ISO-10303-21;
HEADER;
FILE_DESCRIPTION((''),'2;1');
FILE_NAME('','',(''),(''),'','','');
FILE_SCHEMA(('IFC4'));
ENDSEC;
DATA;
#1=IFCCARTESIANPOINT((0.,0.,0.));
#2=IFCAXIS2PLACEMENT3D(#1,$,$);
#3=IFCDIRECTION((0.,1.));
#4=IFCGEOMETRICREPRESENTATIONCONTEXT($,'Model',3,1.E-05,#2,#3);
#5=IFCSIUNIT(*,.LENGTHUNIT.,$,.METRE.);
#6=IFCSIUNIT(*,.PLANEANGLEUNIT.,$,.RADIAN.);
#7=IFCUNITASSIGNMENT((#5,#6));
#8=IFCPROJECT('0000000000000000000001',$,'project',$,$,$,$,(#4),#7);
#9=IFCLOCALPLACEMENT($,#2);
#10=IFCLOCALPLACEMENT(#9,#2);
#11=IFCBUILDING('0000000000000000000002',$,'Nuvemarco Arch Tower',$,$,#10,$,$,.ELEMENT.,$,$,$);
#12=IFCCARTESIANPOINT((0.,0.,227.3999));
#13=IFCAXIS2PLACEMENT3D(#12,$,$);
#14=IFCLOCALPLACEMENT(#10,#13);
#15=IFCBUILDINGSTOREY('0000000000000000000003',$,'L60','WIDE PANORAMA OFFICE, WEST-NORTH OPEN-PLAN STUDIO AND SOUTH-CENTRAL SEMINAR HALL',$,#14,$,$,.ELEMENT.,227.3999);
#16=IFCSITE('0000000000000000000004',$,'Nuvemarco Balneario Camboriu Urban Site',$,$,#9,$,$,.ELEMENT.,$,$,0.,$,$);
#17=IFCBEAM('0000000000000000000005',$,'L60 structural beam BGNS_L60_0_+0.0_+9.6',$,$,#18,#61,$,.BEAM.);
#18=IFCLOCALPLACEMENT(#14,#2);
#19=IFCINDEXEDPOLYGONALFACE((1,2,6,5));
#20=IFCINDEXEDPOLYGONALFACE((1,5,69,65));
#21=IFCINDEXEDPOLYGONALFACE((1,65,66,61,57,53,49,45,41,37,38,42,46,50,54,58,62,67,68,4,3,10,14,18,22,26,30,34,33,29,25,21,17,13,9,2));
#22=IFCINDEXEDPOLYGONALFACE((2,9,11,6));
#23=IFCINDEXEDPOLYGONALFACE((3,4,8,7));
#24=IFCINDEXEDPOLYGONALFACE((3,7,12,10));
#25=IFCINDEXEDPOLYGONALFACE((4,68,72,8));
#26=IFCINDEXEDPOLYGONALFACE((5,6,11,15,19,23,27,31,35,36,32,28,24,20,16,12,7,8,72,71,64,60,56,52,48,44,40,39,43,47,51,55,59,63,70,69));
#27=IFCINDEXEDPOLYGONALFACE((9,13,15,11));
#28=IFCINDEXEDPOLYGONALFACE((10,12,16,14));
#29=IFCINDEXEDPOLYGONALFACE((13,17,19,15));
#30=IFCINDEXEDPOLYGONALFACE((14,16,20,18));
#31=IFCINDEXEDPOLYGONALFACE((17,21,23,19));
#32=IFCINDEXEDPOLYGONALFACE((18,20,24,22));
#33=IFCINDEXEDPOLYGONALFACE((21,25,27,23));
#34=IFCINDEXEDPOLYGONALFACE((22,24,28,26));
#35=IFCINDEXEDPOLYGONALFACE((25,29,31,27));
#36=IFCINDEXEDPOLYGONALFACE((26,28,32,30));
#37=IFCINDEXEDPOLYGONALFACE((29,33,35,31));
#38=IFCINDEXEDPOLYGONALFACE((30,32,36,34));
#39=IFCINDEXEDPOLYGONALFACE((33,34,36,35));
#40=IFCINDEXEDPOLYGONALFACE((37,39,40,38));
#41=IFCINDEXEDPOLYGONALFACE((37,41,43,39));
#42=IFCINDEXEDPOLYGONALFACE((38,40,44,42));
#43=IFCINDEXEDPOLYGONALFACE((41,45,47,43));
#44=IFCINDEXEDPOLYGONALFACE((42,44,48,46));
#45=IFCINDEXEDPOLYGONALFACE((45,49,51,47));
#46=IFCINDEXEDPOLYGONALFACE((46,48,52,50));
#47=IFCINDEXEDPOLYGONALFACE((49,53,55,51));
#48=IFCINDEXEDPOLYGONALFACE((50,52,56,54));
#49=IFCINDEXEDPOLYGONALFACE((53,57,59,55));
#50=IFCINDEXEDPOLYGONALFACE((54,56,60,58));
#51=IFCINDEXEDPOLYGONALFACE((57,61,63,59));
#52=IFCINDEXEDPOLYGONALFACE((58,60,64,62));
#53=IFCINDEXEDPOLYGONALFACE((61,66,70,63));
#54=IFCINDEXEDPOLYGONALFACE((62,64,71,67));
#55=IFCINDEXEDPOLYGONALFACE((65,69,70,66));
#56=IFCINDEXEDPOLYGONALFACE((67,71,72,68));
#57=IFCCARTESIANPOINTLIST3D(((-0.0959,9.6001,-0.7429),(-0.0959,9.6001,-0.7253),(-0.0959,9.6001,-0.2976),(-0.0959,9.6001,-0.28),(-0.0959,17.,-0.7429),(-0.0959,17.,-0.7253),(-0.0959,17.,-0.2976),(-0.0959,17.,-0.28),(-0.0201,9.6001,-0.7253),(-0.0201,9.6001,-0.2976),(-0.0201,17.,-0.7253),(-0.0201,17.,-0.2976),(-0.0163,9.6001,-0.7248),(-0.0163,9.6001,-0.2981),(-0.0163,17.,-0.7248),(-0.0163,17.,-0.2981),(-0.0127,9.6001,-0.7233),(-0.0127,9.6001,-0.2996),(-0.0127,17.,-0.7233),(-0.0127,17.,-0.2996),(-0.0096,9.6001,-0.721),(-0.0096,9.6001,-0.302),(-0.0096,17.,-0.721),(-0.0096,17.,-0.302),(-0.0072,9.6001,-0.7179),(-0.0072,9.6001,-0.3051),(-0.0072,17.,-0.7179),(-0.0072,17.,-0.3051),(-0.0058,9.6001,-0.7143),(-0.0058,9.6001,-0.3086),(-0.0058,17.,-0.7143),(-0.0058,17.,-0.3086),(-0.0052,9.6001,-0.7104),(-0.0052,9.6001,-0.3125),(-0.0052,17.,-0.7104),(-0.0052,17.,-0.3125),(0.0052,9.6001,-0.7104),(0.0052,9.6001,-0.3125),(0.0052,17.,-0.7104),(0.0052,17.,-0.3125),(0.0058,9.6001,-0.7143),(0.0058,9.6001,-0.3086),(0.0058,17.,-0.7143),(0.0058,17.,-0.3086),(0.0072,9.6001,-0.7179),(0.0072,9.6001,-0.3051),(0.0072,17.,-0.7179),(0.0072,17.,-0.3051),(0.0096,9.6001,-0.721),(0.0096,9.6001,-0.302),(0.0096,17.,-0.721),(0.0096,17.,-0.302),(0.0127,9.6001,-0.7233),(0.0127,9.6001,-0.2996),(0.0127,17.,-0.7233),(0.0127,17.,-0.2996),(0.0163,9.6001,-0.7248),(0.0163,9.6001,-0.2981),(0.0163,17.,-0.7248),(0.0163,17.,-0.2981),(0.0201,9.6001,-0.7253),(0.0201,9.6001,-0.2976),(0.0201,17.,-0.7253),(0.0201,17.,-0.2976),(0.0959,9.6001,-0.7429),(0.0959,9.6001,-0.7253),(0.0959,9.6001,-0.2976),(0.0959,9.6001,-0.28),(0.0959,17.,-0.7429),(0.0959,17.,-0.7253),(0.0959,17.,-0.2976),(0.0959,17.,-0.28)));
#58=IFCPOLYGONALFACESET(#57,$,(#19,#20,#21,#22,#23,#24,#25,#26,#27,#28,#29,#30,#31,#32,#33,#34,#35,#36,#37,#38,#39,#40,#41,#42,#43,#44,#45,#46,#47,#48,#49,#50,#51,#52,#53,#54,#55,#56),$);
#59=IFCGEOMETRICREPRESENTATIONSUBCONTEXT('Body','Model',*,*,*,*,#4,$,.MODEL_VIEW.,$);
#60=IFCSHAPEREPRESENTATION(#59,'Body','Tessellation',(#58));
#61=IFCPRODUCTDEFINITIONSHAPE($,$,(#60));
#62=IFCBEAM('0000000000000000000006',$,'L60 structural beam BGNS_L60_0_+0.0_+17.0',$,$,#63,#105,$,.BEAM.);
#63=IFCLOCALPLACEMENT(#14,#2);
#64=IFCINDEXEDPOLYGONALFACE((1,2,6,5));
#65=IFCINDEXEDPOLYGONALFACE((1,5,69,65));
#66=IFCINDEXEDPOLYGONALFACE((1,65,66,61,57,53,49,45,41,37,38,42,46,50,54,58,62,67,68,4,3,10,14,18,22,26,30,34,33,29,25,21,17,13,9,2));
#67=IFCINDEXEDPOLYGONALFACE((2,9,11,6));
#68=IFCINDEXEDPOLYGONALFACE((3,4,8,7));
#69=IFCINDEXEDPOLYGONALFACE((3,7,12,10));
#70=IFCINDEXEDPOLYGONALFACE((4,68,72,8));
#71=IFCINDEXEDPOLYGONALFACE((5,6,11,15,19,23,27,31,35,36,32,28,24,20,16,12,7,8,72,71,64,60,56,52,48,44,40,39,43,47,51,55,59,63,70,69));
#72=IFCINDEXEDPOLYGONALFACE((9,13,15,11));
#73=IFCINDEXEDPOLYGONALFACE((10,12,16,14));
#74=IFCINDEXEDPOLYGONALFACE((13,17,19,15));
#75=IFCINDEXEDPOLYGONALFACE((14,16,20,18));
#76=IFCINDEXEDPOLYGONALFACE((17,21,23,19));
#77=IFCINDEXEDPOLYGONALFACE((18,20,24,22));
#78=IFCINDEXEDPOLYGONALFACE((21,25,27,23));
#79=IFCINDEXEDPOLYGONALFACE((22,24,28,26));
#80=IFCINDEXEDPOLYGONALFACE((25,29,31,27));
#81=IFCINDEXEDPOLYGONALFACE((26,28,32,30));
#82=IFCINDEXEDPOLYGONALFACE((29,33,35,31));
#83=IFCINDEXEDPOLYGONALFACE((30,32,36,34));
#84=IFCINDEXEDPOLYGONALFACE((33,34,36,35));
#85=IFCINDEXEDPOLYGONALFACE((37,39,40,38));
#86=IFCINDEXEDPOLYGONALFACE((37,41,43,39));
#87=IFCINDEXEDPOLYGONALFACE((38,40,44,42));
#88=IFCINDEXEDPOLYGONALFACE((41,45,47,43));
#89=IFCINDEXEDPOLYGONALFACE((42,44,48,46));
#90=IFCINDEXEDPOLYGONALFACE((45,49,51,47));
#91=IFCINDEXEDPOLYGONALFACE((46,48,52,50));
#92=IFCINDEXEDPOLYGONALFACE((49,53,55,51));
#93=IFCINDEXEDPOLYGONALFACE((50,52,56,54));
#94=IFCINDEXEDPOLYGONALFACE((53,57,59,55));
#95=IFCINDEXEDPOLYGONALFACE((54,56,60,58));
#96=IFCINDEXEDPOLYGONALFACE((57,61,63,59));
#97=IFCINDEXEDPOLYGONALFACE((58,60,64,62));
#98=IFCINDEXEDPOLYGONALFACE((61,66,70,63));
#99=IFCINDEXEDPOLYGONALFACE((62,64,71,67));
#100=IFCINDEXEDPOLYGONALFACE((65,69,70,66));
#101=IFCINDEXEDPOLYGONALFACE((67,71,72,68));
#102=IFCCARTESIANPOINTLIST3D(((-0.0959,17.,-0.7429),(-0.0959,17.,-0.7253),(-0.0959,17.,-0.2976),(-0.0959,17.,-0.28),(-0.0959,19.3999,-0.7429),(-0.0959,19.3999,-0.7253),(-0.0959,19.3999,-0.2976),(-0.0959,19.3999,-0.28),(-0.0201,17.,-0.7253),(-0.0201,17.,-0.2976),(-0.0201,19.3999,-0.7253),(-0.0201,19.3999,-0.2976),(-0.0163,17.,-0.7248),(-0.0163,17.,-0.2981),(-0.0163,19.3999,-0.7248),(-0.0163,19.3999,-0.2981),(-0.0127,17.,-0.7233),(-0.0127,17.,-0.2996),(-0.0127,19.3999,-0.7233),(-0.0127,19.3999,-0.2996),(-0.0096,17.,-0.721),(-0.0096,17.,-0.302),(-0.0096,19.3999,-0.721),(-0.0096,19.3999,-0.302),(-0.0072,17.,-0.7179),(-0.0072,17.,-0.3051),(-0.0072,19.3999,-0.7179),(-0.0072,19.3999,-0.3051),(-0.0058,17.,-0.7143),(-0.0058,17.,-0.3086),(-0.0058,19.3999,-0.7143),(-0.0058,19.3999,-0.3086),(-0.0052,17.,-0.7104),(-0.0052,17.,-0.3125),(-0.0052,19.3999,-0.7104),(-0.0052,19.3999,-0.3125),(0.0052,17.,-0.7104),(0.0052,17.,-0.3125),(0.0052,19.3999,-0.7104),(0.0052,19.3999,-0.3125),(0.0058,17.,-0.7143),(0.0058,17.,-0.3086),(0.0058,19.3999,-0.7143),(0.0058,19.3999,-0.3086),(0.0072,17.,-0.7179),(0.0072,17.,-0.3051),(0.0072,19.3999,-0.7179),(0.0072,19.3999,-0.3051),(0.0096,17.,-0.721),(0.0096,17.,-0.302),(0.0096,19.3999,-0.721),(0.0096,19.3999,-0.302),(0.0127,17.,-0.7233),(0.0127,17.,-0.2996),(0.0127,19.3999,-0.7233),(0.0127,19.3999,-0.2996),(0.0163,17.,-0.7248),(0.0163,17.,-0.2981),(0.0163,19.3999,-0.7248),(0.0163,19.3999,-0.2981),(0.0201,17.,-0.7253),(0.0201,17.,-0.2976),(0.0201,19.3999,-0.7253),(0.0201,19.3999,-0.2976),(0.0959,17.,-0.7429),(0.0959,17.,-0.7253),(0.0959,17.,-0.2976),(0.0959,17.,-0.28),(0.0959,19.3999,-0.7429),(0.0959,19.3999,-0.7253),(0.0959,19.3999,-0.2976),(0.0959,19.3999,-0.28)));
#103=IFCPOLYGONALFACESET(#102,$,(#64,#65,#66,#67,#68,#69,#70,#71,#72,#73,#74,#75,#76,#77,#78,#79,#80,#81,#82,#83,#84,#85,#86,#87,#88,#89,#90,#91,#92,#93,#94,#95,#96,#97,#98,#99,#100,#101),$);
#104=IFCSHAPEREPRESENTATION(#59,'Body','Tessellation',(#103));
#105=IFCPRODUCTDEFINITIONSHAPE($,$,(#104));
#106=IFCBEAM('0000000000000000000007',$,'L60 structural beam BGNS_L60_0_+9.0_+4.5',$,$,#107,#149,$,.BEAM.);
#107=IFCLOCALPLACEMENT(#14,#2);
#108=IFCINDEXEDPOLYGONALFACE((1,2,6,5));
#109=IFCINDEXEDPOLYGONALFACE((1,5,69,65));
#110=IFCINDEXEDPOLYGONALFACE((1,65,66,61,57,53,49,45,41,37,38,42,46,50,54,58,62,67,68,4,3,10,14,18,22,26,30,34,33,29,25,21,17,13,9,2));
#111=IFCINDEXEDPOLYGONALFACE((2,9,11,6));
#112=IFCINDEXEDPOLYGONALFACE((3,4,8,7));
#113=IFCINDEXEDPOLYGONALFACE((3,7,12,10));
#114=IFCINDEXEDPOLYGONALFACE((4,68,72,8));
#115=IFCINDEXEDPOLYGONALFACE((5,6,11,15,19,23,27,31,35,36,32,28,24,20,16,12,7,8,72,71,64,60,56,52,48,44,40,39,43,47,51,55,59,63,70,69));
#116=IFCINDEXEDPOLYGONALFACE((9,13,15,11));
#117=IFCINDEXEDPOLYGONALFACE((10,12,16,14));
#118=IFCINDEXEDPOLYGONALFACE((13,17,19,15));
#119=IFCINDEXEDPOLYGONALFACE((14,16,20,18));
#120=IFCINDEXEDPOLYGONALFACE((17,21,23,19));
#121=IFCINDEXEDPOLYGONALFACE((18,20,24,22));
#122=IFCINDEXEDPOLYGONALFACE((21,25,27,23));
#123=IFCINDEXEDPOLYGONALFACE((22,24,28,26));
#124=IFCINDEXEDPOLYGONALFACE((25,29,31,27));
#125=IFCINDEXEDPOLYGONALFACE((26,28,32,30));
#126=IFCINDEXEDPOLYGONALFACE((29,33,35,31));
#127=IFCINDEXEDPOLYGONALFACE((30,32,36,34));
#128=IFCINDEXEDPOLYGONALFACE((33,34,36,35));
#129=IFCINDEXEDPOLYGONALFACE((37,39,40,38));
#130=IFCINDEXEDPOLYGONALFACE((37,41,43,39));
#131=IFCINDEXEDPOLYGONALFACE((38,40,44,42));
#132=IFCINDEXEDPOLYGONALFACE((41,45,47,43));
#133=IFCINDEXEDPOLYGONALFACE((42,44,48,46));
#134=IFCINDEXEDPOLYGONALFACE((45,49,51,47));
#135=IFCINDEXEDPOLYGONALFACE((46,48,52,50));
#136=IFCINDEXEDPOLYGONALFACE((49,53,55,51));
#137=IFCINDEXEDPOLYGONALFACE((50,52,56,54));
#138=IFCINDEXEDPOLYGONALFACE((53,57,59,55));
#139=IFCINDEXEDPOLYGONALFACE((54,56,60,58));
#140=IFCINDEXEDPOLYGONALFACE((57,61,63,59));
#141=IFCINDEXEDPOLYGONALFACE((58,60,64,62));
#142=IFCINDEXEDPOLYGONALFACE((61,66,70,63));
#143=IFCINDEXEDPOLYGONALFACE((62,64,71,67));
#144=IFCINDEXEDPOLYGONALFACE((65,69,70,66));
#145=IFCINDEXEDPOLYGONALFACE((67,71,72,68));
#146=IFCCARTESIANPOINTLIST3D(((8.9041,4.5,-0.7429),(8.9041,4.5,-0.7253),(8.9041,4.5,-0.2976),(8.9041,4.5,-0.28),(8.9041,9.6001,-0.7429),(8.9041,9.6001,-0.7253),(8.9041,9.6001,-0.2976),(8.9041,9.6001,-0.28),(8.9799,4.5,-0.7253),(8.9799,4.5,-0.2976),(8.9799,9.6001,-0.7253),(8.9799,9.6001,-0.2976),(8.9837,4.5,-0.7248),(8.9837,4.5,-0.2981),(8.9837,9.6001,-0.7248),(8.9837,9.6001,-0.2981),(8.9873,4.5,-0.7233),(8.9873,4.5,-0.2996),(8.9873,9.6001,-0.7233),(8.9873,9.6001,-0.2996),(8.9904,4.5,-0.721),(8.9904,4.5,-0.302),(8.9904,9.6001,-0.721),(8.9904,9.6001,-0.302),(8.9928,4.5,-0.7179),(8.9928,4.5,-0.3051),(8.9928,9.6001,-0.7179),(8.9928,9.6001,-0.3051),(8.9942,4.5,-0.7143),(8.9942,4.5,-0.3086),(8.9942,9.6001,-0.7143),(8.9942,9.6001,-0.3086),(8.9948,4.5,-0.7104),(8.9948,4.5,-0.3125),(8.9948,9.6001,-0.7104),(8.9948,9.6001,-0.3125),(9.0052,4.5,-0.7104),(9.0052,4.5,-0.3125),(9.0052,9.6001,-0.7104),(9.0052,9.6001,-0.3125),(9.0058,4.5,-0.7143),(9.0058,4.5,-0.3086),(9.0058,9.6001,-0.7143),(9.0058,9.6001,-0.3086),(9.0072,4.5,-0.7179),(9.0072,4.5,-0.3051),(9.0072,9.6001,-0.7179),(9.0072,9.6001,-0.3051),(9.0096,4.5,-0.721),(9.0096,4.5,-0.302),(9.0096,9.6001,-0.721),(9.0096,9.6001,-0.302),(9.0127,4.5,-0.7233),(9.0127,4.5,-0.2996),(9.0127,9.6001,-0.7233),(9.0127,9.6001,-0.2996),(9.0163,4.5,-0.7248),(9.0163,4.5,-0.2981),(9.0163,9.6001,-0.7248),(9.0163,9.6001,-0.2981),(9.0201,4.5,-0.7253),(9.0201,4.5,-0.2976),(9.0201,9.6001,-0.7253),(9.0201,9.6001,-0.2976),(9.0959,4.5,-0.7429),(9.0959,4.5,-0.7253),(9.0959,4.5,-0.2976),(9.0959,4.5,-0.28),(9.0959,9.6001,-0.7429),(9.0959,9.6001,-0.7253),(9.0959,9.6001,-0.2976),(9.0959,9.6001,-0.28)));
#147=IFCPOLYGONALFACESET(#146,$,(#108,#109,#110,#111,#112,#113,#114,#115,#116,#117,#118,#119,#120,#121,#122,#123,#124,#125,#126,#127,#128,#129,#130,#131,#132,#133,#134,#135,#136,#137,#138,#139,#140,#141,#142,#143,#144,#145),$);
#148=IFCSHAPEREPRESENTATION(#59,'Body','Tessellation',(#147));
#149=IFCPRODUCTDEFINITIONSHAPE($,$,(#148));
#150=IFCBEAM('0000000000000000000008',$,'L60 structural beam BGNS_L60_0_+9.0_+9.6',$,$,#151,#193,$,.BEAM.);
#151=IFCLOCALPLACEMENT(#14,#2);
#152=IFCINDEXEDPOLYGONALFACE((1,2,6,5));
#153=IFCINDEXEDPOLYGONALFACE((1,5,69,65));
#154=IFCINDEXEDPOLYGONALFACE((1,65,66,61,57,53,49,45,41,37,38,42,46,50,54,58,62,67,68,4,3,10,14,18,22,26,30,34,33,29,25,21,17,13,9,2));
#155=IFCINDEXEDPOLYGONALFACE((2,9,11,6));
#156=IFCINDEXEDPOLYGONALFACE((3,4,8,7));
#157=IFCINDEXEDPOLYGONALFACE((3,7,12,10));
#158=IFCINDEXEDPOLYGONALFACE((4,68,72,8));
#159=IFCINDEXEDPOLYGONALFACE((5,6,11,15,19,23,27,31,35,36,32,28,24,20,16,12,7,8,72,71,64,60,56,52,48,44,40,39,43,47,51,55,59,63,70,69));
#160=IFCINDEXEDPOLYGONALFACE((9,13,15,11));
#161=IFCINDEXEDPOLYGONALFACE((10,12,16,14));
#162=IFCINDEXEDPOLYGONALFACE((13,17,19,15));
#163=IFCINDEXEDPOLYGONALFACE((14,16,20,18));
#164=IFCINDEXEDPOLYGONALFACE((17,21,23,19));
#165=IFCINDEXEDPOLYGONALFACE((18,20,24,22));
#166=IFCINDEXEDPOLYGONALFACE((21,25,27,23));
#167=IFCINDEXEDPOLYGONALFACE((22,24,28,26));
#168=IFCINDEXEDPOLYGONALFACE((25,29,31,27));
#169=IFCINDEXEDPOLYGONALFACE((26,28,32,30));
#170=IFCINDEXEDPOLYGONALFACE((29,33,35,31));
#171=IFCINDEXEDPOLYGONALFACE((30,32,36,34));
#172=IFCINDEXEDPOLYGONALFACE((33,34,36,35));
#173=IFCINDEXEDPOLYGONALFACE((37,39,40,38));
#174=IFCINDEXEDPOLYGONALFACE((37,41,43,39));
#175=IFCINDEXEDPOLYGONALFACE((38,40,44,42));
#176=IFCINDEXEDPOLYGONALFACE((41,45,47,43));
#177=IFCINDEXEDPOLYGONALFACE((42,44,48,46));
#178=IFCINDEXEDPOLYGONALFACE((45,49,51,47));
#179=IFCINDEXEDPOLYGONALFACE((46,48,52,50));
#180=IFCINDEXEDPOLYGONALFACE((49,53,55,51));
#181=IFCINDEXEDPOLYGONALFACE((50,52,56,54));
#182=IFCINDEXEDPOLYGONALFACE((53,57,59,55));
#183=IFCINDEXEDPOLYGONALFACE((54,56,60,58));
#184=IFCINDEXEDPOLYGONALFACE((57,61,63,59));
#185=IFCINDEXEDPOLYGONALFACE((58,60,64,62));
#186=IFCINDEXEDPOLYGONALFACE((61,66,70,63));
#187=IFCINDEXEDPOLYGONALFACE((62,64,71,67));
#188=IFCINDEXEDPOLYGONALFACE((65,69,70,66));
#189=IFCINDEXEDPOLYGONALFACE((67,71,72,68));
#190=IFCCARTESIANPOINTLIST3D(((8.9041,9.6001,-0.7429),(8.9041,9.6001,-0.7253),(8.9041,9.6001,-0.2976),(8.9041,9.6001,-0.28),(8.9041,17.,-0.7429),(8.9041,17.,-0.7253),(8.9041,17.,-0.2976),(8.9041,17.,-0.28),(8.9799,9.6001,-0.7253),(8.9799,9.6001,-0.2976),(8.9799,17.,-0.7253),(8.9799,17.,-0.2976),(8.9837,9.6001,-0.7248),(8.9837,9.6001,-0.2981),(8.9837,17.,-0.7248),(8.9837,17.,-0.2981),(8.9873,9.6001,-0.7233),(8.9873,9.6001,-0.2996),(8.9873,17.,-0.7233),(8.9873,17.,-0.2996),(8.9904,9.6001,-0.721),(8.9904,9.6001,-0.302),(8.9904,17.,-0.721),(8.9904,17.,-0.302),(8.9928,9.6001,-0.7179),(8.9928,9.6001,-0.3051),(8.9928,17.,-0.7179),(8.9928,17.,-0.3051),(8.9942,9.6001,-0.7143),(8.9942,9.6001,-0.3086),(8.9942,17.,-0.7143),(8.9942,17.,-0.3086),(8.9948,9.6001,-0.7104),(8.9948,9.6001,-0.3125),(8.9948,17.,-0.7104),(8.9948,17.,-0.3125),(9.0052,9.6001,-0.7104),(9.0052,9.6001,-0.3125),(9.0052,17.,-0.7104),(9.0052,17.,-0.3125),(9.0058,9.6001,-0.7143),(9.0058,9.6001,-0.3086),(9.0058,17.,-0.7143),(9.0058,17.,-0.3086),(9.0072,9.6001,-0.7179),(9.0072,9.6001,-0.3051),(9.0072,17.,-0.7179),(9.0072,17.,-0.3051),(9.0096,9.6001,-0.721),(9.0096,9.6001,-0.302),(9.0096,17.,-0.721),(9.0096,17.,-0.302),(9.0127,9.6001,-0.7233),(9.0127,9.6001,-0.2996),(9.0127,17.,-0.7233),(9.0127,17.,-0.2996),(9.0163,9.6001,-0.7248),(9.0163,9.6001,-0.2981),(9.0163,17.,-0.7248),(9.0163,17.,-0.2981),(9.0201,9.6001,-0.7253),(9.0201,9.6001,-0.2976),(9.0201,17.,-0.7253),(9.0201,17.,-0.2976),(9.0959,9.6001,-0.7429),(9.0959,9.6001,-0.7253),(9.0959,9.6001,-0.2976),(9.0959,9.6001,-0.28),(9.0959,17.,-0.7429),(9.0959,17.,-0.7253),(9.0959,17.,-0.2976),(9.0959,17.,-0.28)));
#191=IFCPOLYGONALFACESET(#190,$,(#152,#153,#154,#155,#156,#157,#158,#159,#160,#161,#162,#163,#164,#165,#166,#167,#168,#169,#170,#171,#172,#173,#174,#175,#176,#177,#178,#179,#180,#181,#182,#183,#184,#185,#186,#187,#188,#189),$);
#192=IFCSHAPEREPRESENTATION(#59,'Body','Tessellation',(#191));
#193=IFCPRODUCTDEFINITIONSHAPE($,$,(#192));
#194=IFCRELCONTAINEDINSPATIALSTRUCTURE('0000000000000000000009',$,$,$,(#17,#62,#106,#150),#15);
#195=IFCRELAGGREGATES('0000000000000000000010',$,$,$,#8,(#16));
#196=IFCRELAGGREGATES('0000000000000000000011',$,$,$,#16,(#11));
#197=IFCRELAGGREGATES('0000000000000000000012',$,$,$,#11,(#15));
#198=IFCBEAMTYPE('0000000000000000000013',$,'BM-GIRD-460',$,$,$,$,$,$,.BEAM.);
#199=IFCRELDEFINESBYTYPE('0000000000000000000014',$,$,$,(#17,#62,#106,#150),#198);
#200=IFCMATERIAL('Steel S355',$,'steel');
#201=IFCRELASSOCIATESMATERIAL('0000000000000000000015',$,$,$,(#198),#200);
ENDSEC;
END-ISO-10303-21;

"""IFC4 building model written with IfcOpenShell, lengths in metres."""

from ifc_helpers import new_model, si_unit, direction, frame, origin, origin_2d, place, context, subcontext, project, spatial, i_section, extrude, material, material_profile, profile_set, type_object, element, save


model = new_model("IFC4")

# Units and contexts
model_context = context("Model", 3, precision=1e-05, world=origin(), true_north=direction((0.0, 1.0)))
body_context = subcontext(model_context, "Body", "Model", "MODEL_VIEW")
ifc_project = project(units=[si_unit("LENGTHUNIT", "METRE"), si_unit("PLANEANGLEUNIT", "RADIAN")], contexts=[model_context])

# Site, building, storey
site_placement = place(None, origin())
site = spatial("IfcSite", under=ifc_project, at=site_placement, Name="Nuvemarco Balneario Camboriu Urban Site", CompositionType="ELEMENT", RefElevation=0.0)
building_placement = place(site_placement, origin())
building = spatial("IfcBuilding", under=site, at=building_placement, Name="Nuvemarco Arch Tower", CompositionType="ELEMENT")
storey_placement = place(building_placement, frame((0.0, 0.0, 227.3999)))
storey = spatial("IfcBuildingStorey", under=building, at=storey_placement, Name="L60", Description="WIDE PANORAMA OFFICE, WEST-NORTH OPEN-PLAN STUDIO AND SOUTH-CENTRAL SEMINAR HALL", CompositionType="ELEMENT", Elevation=227.3999)

# Shared definitions
ifc_material_1 = material(Name="Steel S355", Category="steel")

# Beams
ifc_material_profile_1 = material_profile(ifc_material_1, i_section(OverallWidth=0.1919, OverallDepth=0.4629, WebThickness=0.0105, FlangeThickness=0.0176, FilletRadius=0.0149, at=origin_2d()), Name="W460x89")
ifc_profile_set_1 = profile_set([ifc_material_profile_1], Name="Steel S355")
beam_type_1 = type_object("IfcBeamType", Name="BM-GIRD-460", PredefinedType="BEAM", material=ifc_profile_set_1)
beam_1_placement = place(storey_placement, frame((0.0, 9.6001, -0.5115), z_axis=(0.0, 1.0, 0.0), x_axis=(-1.0, 0.0, 0.0)))
element("IfcBeam", 1, at=beam_1_placement, inside=storey, type_object=beam_type_1, Name="L60 structural beam BGNS_L60_0_+0.0_+9.6", PredefinedType="BEAM", context=body_context, shape_type="SweptSolid", body=[
    extrude(i_section(OverallWidth=0.1919, OverallDepth=0.4629, WebThickness=0.0105, FlangeThickness=0.0176, FilletRadius=0.0149, at=origin_2d()), origin(), (0.0, 0.0, 1.0), 7.3999),
])
beam_2_placement = place(storey_placement, frame((0.0, 17.0, -0.5115), z_axis=(0.0, 1.0, 0.0), x_axis=(-1.0, 0.0, 0.0)))
element("IfcBeam", 2, at=beam_2_placement, inside=storey, type_object=beam_type_1, Name="L60 structural beam BGNS_L60_0_+0.0_+17.0", PredefinedType="BEAM", context=body_context, shape_type="SweptSolid", body=[
    extrude(i_section(OverallWidth=0.1919, OverallDepth=0.4629, WebThickness=0.0105, FlangeThickness=0.0176, FilletRadius=0.0149, at=origin_2d()), origin(), (0.0, 0.0, 1.0), 2.3999),
])
beam_3_placement = place(storey_placement, frame((9.0, 4.5, -0.5115), z_axis=(0.0, 1.0, 0.0), x_axis=(-1.0, 0.0, 0.0)))
element("IfcBeam", 3, at=beam_3_placement, inside=storey, type_object=beam_type_1, Name="L60 structural beam BGNS_L60_0_+9.0_+4.5", PredefinedType="BEAM", context=body_context, shape_type="SweptSolid", body=[
    extrude(i_section(OverallWidth=0.1919, OverallDepth=0.4629, WebThickness=0.0105, FlangeThickness=0.0176, FilletRadius=0.0149, at=origin_2d()), origin(), (0.0, 0.0, 1.0), 5.1001),
])
beam_4_placement = place(storey_placement, frame((9.0, 9.6001, -0.5115), z_axis=(0.0, 1.0, 0.0), x_axis=(-1.0, 0.0, 0.0)))
element("IfcBeam", 4, at=beam_4_placement, inside=storey, type_object=beam_type_1, Name="L60 structural beam BGNS_L60_0_+9.0_+9.6", PredefinedType="BEAM", context=body_context, shape_type="SweptSolid", body=[
    extrude(i_section(OverallWidth=0.1919, OverallDepth=0.4629, WebThickness=0.0105, FlangeThickness=0.0176, FilletRadius=0.0149, at=origin_2d()), origin(), (0.0, 0.0, 1.0), 7.3999),
])

save(model, "model.ifc")
